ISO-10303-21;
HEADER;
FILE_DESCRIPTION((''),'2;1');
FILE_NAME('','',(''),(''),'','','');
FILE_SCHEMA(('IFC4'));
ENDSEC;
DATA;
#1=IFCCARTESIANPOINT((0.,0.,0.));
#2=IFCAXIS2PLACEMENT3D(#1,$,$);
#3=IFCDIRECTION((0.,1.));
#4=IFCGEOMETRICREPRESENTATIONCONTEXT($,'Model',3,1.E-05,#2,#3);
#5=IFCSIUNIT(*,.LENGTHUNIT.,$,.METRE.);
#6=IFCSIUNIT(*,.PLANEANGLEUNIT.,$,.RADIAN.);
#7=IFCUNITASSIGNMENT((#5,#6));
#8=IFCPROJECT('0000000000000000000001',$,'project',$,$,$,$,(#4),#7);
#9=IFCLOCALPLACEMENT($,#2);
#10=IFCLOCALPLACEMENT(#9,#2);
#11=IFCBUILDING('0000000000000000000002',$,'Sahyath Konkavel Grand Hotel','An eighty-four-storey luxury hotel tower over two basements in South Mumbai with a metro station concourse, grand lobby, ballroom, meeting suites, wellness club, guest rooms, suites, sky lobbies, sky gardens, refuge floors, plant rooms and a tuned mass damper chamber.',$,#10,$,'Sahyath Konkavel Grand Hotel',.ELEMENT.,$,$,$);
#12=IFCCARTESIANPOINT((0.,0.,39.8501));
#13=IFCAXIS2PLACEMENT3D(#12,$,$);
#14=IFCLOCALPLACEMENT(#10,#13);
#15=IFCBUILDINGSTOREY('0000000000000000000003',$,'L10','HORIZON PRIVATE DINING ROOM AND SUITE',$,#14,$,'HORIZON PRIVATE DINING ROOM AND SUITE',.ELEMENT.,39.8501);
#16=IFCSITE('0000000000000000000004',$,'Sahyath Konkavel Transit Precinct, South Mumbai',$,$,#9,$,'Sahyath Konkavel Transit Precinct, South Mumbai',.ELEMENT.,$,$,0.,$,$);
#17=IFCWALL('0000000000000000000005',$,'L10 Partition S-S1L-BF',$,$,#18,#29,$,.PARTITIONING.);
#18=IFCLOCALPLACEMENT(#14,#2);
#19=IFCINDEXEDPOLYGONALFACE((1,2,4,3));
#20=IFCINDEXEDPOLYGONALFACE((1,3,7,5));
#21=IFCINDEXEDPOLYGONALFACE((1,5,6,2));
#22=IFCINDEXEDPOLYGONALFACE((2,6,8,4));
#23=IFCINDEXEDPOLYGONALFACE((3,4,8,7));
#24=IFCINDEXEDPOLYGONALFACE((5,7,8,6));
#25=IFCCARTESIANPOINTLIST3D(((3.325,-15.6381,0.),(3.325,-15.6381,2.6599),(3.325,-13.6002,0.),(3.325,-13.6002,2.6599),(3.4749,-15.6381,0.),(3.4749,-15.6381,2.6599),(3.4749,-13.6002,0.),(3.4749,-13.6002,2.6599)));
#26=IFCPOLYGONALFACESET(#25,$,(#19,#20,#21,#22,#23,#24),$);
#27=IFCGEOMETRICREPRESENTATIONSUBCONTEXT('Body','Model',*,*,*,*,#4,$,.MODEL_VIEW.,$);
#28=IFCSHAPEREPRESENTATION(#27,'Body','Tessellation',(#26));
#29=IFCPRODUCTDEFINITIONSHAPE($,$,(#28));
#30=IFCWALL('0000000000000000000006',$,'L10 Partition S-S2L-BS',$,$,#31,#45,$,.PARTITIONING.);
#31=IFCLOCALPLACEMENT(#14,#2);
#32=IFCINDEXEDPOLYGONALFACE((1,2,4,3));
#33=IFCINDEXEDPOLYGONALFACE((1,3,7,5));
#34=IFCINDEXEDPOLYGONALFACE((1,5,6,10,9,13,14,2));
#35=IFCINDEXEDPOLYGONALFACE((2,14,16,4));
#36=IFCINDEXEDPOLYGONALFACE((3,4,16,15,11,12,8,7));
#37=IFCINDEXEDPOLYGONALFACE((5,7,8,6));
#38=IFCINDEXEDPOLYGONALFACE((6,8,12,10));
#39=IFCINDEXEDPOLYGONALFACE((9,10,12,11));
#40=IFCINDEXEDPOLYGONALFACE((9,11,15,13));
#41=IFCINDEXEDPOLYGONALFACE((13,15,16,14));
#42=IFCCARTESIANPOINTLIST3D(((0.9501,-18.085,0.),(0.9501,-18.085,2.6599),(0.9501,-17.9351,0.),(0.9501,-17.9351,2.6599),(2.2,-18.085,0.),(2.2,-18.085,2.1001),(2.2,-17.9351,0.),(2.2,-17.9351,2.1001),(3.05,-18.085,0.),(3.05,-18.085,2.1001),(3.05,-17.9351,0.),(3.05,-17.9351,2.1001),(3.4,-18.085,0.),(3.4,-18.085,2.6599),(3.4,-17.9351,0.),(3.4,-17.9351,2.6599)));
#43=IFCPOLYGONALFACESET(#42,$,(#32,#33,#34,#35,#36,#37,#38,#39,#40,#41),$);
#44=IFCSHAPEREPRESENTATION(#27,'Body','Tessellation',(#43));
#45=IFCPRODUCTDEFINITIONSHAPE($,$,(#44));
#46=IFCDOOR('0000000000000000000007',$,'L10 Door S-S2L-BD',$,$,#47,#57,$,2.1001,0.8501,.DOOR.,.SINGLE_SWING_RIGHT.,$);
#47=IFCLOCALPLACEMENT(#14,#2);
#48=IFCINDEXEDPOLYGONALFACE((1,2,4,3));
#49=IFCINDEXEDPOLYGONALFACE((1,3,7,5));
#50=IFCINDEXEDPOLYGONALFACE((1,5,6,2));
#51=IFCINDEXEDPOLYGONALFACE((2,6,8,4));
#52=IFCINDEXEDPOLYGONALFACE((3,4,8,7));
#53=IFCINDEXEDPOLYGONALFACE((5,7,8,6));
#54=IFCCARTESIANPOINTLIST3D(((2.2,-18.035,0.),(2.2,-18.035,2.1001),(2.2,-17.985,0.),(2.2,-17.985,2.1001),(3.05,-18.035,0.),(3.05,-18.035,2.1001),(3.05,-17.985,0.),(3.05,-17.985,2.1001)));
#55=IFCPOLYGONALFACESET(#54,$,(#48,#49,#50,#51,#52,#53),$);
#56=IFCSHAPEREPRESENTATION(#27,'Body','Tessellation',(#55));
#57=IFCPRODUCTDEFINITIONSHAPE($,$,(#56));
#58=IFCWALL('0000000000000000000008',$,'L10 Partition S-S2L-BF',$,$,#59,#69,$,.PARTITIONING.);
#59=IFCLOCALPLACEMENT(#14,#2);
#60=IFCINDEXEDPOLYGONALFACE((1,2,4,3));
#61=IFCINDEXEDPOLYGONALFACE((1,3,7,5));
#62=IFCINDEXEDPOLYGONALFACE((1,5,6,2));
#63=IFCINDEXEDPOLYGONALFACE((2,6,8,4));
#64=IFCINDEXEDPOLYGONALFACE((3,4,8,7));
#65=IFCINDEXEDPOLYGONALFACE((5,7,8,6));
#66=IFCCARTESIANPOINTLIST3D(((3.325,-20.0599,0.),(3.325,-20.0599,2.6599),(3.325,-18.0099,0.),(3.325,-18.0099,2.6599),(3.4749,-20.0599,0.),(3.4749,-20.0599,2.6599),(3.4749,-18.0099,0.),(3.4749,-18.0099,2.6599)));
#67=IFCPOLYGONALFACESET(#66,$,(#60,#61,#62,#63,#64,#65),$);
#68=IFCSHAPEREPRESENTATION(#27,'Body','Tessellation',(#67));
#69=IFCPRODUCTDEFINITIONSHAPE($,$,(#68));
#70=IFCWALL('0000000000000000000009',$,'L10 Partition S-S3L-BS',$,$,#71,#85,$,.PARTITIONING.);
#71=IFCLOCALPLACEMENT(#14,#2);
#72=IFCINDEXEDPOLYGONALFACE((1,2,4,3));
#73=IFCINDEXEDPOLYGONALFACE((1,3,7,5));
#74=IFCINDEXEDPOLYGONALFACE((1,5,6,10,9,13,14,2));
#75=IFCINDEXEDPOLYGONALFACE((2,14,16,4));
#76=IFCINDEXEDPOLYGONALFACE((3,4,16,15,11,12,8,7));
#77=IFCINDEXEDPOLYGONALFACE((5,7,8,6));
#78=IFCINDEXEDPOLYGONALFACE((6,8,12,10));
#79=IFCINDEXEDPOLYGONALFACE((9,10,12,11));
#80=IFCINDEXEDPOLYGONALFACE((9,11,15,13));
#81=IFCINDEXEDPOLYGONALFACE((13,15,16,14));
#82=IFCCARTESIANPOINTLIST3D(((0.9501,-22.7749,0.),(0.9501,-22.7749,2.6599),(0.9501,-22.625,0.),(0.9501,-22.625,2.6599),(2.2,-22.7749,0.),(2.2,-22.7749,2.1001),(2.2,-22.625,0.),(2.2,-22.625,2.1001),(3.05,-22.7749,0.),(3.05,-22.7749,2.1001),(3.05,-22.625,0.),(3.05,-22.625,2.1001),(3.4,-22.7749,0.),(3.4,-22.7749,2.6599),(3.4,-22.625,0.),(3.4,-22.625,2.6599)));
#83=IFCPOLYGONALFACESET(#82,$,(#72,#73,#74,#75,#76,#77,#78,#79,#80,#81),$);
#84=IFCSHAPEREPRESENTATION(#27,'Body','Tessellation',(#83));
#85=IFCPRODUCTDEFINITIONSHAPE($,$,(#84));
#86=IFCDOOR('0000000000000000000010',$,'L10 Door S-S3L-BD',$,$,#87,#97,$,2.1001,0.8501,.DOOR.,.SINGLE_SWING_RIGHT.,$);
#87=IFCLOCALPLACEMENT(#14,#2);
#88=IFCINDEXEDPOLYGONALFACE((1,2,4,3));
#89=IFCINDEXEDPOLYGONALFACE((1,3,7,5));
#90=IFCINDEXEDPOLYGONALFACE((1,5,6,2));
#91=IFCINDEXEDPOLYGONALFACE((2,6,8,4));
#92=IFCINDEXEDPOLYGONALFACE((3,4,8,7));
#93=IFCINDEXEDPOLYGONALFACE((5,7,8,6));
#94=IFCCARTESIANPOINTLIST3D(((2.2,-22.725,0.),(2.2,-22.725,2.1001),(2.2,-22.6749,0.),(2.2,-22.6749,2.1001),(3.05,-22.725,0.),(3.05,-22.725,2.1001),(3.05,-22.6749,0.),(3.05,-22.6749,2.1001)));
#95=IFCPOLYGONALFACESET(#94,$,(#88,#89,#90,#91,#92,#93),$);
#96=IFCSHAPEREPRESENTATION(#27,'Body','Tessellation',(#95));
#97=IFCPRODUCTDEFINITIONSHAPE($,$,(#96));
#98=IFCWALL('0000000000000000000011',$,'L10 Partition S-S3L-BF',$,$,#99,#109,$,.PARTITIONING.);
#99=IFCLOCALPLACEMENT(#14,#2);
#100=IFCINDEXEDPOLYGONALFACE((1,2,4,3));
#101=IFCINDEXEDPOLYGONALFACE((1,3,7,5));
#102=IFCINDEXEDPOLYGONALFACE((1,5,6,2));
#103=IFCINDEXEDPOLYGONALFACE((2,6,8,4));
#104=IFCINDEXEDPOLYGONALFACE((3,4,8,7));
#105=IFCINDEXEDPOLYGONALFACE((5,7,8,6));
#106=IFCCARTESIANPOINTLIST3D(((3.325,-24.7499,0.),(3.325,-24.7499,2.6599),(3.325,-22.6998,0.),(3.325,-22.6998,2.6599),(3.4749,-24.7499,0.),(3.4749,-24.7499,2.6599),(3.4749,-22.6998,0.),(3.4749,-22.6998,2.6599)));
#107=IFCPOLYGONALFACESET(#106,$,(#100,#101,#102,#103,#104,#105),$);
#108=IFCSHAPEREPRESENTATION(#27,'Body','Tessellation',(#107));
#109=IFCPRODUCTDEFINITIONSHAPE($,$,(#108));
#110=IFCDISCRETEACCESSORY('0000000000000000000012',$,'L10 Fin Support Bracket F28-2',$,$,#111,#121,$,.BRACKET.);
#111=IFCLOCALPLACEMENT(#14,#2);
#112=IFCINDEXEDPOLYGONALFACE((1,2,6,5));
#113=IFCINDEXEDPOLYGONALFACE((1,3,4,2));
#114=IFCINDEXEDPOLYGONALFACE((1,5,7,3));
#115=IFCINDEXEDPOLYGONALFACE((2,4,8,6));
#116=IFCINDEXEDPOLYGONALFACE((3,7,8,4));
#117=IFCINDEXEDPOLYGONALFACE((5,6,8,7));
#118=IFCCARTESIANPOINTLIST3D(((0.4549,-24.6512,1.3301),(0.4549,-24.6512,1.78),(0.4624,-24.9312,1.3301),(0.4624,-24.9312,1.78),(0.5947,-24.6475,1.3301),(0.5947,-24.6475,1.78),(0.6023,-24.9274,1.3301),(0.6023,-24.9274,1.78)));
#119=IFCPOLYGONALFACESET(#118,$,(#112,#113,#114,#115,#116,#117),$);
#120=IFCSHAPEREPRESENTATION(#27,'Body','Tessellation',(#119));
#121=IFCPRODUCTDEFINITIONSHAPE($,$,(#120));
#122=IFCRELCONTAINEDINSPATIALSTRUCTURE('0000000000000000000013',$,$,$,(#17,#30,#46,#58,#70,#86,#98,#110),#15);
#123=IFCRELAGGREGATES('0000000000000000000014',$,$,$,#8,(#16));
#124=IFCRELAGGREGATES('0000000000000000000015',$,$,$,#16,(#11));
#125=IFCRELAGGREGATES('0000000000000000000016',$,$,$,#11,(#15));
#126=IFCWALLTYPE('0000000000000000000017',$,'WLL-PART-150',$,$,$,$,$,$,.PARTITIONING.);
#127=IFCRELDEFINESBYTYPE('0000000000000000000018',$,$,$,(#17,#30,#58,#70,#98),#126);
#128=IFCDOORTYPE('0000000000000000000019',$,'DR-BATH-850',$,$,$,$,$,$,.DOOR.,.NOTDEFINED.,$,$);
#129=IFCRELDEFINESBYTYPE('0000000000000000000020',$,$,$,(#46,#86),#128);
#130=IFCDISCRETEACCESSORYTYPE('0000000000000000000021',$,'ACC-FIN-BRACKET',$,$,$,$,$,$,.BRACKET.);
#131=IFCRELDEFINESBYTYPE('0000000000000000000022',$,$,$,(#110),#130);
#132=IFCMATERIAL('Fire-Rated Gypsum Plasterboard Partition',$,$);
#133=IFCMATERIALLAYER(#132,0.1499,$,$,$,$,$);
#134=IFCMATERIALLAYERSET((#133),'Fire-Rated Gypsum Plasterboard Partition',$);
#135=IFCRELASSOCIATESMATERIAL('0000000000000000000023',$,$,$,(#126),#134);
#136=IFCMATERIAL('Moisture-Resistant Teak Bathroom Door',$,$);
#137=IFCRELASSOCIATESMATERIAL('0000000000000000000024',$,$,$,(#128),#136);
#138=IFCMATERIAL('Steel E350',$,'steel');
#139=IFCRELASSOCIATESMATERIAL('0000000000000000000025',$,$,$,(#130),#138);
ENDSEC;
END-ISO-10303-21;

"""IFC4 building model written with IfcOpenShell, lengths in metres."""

from ifc_helpers import new_model, si_unit, direction, frame, frame_2d, origin, origin_2d, place, context, subcontext, project, spatial, rectangle, extrude, source, transform, mapped, material, layer, layer_set, type_object, element, fill, save


model = new_model("IFC4")

# Units and contexts
model_context = context("Model", 3, precision=1e-05, world=origin(), true_north=direction((0.0, 1.0)))
body_context = subcontext(model_context, "Body", "Model", "MODEL_VIEW")
ifc_project = project(units=[si_unit("LENGTHUNIT", "METRE"), si_unit("PLANEANGLEUNIT", "RADIAN")], contexts=[model_context])

# Site, building, storey
site_placement = place(None, origin())
site = spatial("IfcSite", under=ifc_project, at=site_placement, Name="Sahyath Konkavel Transit Precinct, South Mumbai", LongName="Sahyath Konkavel Transit Precinct, South Mumbai", CompositionType="ELEMENT", RefElevation=0.0)
building_placement = place(site_placement, origin())
building = spatial("IfcBuilding", under=site, at=building_placement, Name="Sahyath Konkavel Grand Hotel", Description="An eighty-four-storey luxury hotel tower over two basements in South Mumbai with a metro station concourse, grand lobby, ballroom, meeting suites, wellness club, guest rooms, suites, sky lobbies, sky gardens, refuge floors, plant rooms and a tuned mass damper chamber.", LongName="Sahyath Konkavel Grand Hotel", CompositionType="ELEMENT")
storey_placement = place(building_placement, frame((0.0, 0.0, 39.8501)))
storey = spatial("IfcBuildingStorey", under=building, at=storey_placement, Name="L10", Description="HORIZON PRIVATE DINING ROOM AND SUITE", LongName="HORIZON PRIVATE DINING ROOM AND SUITE", CompositionType="ELEMENT", Elevation=39.8501)

# Shared definitions
ifc_material_1 = material(Name="Steel E350", Category="steel")

# Shared definitions
ifc_material_2 = material(Name="Fire-Rated Gypsum Plasterboard Partition")
ifc_layer_1 = layer(ifc_material_2, 0.1499)
ifc_layer_set_1 = layer_set([ifc_layer_1], Name="Fire-Rated Gypsum Plasterboard Partition")
wall_type_1 = type_object("IfcWallType", Name="WLL-PART-150", PredefinedType="PARTITIONING", material=ifc_layer_set_1)
shared_shape_1 = source(origin(), body_context, "Body", "SweptSolid", [
    extrude(rectangle(XDim=0.8501, YDim=0.05, at=origin_2d()), origin(), (0.0, 0.0, 1.0), 2.1001),
])

# Shared definitions
ifc_material_3 = material(Name="Moisture-Resistant Teak Bathroom Door")
door_type_1 = type_object("IfcDoorType", Name="DR-BATH-850", OperationType="NOTDEFINED", PredefinedType="DOOR", material=ifc_material_3)

# Wall
wall_1_placement = place(storey_placement, frame((3.3999, -13.6001, 0.0), z_axis=(0.0, 0.0, 1.0), x_axis=(0.0, -1.0, 0.0)))
element("IfcWall", 1, at=wall_1_placement, inside=storey, type_object=wall_type_1, Name="L10 Partition S-S1L-BF", PredefinedType="PARTITIONING", context=body_context, shape_type="SweptSolid", body=[
    extrude(rectangle(XDim=2.0378, YDim=0.1499, at=frame_2d((1.019, 0.0))), origin(), (0.0, 0.0, 1.0), 2.6599),
])

# Wall, opening, door
wall_2_placement = place(storey_placement, frame((0.95, -18.01, 0.0), z_axis=(0.0, 0.0, 1.0), x_axis=(1.0, 0.0, 0.0)))
wall_2 = element("IfcWall", 2, at=wall_2_placement, inside=storey, type_object=wall_type_1, Name="L10 Partition S-S2L-BS", PredefinedType="PARTITIONING", context=body_context, shape_type="SweptSolid", body=[
    extrude(rectangle(XDim=2.45, YDim=0.1499, at=frame_2d((1.2251, 0.0))), origin(), (0.0, 0.0, 1.0), 2.6599),
])
opening_1_placement = place(wall_2_placement, frame((1.25, 0.0, 0.0)))
opening_1 = element("IfcOpeningElement", 3, at=opening_1_placement, cuts=wall_2, PredefinedType="OPENING", context=body_context, shape_type="SweptSolid", body=[
    extrude(rectangle(XDim=0.8501, YDim=2.1001, at=frame_2d((0.425, 1.05))), frame((0.0, 0.085, 0.0), z_axis=(0.0, -1.0, 0.0), x_axis=(1.0, 0.0, 0.0)), (0.0, 0.0, 1.0), 0.1699),
])
door_1_placement = place(opening_1_placement, frame((0.425, 0.0, 0.0)))
door_1 = element("IfcDoor", 4, at=door_1_placement, inside=storey, type_object=door_type_1, Name="L10 Door S-S2L-BD", OperationType="SINGLE_SWING_RIGHT", OverallHeight=2.1001, OverallWidth=0.8501, PredefinedType="DOOR", context=body_context, shape_type="MappedRepresentation", body=[
    mapped(shared_shape_1, transform((0.0, 0.0, 0.0), scale=1.0)),
])
fill(opening_1, door_1)

# Wall
wall_3_placement = place(storey_placement, frame((3.3999, -18.01, 0.0), z_axis=(0.0, 0.0, 1.0), x_axis=(0.0, -1.0, 0.0)))
element("IfcWall", 5, at=wall_3_placement, inside=storey, type_object=wall_type_1, Name="L10 Partition S-S2L-BF", PredefinedType="PARTITIONING", context=body_context, shape_type="SweptSolid", body=[
    extrude(rectangle(XDim=2.05, YDim=0.1499, at=frame_2d((1.0249, 0.0))), origin(), (0.0, 0.0, 1.0), 2.6599),
])

# Wall, opening, door
wall_4_placement = place(storey_placement, frame((0.95, -22.7, 0.0), z_axis=(0.0, 0.0, 1.0), x_axis=(1.0, 0.0, 0.0)))
wall_4 = element("IfcWall", 6, at=wall_4_placement, inside=storey, type_object=wall_type_1, Name="L10 Partition S-S3L-BS", PredefinedType="PARTITIONING", context=body_context, shape_type="SweptSolid", body=[
    extrude(rectangle(XDim=2.45, YDim=0.1499, at=frame_2d((1.2251, 0.0))), origin(), (0.0, 0.0, 1.0), 2.6599),
])
opening_2_placement = place(wall_4_placement, frame((1.25, 0.0, 0.0)))
opening_2 = element("IfcOpeningElement", 7, at=opening_2_placement, cuts=wall_4, PredefinedType="OPENING", context=body_context, shape_type="SweptSolid", body=[
    extrude(rectangle(XDim=0.8501, YDim=2.1001, at=frame_2d((0.425, 1.05))), frame((0.0, 0.085, 0.0), z_axis=(0.0, -1.0, 0.0), x_axis=(1.0, 0.0, 0.0)), (0.0, 0.0, 1.0), 0.1699),
])
door_2_placement = place(opening_2_placement, frame((0.425, 0.0, 0.0)))
door_2 = element("IfcDoor", 8, at=door_2_placement, inside=storey, type_object=door_type_1, Name="L10 Door S-S3L-BD", OperationType="SINGLE_SWING_RIGHT", OverallHeight=2.1001, OverallWidth=0.8501, PredefinedType="DOOR", context=body_context, shape_type="MappedRepresentation", body=[
    mapped(shared_shape_1, transform((0.0, 0.0, 0.0), scale=1.0)),
])
fill(opening_2, door_2)

# Wall
wall_5_placement = place(storey_placement, frame((3.3999, -22.7, 0.0), z_axis=(0.0, 0.0, 1.0), x_axis=(0.0, -1.0, 0.0)))
element("IfcWall", 9, at=wall_5_placement, inside=storey, type_object=wall_type_1, Name="L10 Partition S-S3L-BF", PredefinedType="PARTITIONING", context=body_context, shape_type="SweptSolid", body=[
    extrude(rectangle(XDim=2.05, YDim=0.1499, at=frame_2d((1.0249, 0.0))), origin(), (0.0, 0.0, 1.0), 2.6599),
])

# Discrete accessory
discrete_accessory_type = type_object("IfcDiscreteAccessoryType", Name="ACC-FIN-BRACKET", PredefinedType="BRACKET", material=ifc_material_1)
shared_shape_2 = source(origin(), body_context, "Body", "SweptSolid", [
    extrude(rectangle(XDim=0.28, YDim=0.1399, at=origin_2d()), origin(), (0.0, 0.0, 1.0), 0.45),
])
discrete_accessory_placement = place(storey_placement, frame((0.5286, -24.7893, 1.3301), z_axis=(0.0, 0.0, 1.0), x_axis=(0.02691, -0.999638, 0.0)))
element("IfcDiscreteAccessory", 10, at=discrete_accessory_placement, inside=storey, type_object=discrete_accessory_type, Name="L10 Fin Support Bracket F28-2", PredefinedType="BRACKET", context=body_context, shape_type="MappedRepresentation", body=[
    mapped(shared_shape_2, transform((0.0, 0.0, 0.0), scale=1.0)),
])

save(model, "model.ifc")
